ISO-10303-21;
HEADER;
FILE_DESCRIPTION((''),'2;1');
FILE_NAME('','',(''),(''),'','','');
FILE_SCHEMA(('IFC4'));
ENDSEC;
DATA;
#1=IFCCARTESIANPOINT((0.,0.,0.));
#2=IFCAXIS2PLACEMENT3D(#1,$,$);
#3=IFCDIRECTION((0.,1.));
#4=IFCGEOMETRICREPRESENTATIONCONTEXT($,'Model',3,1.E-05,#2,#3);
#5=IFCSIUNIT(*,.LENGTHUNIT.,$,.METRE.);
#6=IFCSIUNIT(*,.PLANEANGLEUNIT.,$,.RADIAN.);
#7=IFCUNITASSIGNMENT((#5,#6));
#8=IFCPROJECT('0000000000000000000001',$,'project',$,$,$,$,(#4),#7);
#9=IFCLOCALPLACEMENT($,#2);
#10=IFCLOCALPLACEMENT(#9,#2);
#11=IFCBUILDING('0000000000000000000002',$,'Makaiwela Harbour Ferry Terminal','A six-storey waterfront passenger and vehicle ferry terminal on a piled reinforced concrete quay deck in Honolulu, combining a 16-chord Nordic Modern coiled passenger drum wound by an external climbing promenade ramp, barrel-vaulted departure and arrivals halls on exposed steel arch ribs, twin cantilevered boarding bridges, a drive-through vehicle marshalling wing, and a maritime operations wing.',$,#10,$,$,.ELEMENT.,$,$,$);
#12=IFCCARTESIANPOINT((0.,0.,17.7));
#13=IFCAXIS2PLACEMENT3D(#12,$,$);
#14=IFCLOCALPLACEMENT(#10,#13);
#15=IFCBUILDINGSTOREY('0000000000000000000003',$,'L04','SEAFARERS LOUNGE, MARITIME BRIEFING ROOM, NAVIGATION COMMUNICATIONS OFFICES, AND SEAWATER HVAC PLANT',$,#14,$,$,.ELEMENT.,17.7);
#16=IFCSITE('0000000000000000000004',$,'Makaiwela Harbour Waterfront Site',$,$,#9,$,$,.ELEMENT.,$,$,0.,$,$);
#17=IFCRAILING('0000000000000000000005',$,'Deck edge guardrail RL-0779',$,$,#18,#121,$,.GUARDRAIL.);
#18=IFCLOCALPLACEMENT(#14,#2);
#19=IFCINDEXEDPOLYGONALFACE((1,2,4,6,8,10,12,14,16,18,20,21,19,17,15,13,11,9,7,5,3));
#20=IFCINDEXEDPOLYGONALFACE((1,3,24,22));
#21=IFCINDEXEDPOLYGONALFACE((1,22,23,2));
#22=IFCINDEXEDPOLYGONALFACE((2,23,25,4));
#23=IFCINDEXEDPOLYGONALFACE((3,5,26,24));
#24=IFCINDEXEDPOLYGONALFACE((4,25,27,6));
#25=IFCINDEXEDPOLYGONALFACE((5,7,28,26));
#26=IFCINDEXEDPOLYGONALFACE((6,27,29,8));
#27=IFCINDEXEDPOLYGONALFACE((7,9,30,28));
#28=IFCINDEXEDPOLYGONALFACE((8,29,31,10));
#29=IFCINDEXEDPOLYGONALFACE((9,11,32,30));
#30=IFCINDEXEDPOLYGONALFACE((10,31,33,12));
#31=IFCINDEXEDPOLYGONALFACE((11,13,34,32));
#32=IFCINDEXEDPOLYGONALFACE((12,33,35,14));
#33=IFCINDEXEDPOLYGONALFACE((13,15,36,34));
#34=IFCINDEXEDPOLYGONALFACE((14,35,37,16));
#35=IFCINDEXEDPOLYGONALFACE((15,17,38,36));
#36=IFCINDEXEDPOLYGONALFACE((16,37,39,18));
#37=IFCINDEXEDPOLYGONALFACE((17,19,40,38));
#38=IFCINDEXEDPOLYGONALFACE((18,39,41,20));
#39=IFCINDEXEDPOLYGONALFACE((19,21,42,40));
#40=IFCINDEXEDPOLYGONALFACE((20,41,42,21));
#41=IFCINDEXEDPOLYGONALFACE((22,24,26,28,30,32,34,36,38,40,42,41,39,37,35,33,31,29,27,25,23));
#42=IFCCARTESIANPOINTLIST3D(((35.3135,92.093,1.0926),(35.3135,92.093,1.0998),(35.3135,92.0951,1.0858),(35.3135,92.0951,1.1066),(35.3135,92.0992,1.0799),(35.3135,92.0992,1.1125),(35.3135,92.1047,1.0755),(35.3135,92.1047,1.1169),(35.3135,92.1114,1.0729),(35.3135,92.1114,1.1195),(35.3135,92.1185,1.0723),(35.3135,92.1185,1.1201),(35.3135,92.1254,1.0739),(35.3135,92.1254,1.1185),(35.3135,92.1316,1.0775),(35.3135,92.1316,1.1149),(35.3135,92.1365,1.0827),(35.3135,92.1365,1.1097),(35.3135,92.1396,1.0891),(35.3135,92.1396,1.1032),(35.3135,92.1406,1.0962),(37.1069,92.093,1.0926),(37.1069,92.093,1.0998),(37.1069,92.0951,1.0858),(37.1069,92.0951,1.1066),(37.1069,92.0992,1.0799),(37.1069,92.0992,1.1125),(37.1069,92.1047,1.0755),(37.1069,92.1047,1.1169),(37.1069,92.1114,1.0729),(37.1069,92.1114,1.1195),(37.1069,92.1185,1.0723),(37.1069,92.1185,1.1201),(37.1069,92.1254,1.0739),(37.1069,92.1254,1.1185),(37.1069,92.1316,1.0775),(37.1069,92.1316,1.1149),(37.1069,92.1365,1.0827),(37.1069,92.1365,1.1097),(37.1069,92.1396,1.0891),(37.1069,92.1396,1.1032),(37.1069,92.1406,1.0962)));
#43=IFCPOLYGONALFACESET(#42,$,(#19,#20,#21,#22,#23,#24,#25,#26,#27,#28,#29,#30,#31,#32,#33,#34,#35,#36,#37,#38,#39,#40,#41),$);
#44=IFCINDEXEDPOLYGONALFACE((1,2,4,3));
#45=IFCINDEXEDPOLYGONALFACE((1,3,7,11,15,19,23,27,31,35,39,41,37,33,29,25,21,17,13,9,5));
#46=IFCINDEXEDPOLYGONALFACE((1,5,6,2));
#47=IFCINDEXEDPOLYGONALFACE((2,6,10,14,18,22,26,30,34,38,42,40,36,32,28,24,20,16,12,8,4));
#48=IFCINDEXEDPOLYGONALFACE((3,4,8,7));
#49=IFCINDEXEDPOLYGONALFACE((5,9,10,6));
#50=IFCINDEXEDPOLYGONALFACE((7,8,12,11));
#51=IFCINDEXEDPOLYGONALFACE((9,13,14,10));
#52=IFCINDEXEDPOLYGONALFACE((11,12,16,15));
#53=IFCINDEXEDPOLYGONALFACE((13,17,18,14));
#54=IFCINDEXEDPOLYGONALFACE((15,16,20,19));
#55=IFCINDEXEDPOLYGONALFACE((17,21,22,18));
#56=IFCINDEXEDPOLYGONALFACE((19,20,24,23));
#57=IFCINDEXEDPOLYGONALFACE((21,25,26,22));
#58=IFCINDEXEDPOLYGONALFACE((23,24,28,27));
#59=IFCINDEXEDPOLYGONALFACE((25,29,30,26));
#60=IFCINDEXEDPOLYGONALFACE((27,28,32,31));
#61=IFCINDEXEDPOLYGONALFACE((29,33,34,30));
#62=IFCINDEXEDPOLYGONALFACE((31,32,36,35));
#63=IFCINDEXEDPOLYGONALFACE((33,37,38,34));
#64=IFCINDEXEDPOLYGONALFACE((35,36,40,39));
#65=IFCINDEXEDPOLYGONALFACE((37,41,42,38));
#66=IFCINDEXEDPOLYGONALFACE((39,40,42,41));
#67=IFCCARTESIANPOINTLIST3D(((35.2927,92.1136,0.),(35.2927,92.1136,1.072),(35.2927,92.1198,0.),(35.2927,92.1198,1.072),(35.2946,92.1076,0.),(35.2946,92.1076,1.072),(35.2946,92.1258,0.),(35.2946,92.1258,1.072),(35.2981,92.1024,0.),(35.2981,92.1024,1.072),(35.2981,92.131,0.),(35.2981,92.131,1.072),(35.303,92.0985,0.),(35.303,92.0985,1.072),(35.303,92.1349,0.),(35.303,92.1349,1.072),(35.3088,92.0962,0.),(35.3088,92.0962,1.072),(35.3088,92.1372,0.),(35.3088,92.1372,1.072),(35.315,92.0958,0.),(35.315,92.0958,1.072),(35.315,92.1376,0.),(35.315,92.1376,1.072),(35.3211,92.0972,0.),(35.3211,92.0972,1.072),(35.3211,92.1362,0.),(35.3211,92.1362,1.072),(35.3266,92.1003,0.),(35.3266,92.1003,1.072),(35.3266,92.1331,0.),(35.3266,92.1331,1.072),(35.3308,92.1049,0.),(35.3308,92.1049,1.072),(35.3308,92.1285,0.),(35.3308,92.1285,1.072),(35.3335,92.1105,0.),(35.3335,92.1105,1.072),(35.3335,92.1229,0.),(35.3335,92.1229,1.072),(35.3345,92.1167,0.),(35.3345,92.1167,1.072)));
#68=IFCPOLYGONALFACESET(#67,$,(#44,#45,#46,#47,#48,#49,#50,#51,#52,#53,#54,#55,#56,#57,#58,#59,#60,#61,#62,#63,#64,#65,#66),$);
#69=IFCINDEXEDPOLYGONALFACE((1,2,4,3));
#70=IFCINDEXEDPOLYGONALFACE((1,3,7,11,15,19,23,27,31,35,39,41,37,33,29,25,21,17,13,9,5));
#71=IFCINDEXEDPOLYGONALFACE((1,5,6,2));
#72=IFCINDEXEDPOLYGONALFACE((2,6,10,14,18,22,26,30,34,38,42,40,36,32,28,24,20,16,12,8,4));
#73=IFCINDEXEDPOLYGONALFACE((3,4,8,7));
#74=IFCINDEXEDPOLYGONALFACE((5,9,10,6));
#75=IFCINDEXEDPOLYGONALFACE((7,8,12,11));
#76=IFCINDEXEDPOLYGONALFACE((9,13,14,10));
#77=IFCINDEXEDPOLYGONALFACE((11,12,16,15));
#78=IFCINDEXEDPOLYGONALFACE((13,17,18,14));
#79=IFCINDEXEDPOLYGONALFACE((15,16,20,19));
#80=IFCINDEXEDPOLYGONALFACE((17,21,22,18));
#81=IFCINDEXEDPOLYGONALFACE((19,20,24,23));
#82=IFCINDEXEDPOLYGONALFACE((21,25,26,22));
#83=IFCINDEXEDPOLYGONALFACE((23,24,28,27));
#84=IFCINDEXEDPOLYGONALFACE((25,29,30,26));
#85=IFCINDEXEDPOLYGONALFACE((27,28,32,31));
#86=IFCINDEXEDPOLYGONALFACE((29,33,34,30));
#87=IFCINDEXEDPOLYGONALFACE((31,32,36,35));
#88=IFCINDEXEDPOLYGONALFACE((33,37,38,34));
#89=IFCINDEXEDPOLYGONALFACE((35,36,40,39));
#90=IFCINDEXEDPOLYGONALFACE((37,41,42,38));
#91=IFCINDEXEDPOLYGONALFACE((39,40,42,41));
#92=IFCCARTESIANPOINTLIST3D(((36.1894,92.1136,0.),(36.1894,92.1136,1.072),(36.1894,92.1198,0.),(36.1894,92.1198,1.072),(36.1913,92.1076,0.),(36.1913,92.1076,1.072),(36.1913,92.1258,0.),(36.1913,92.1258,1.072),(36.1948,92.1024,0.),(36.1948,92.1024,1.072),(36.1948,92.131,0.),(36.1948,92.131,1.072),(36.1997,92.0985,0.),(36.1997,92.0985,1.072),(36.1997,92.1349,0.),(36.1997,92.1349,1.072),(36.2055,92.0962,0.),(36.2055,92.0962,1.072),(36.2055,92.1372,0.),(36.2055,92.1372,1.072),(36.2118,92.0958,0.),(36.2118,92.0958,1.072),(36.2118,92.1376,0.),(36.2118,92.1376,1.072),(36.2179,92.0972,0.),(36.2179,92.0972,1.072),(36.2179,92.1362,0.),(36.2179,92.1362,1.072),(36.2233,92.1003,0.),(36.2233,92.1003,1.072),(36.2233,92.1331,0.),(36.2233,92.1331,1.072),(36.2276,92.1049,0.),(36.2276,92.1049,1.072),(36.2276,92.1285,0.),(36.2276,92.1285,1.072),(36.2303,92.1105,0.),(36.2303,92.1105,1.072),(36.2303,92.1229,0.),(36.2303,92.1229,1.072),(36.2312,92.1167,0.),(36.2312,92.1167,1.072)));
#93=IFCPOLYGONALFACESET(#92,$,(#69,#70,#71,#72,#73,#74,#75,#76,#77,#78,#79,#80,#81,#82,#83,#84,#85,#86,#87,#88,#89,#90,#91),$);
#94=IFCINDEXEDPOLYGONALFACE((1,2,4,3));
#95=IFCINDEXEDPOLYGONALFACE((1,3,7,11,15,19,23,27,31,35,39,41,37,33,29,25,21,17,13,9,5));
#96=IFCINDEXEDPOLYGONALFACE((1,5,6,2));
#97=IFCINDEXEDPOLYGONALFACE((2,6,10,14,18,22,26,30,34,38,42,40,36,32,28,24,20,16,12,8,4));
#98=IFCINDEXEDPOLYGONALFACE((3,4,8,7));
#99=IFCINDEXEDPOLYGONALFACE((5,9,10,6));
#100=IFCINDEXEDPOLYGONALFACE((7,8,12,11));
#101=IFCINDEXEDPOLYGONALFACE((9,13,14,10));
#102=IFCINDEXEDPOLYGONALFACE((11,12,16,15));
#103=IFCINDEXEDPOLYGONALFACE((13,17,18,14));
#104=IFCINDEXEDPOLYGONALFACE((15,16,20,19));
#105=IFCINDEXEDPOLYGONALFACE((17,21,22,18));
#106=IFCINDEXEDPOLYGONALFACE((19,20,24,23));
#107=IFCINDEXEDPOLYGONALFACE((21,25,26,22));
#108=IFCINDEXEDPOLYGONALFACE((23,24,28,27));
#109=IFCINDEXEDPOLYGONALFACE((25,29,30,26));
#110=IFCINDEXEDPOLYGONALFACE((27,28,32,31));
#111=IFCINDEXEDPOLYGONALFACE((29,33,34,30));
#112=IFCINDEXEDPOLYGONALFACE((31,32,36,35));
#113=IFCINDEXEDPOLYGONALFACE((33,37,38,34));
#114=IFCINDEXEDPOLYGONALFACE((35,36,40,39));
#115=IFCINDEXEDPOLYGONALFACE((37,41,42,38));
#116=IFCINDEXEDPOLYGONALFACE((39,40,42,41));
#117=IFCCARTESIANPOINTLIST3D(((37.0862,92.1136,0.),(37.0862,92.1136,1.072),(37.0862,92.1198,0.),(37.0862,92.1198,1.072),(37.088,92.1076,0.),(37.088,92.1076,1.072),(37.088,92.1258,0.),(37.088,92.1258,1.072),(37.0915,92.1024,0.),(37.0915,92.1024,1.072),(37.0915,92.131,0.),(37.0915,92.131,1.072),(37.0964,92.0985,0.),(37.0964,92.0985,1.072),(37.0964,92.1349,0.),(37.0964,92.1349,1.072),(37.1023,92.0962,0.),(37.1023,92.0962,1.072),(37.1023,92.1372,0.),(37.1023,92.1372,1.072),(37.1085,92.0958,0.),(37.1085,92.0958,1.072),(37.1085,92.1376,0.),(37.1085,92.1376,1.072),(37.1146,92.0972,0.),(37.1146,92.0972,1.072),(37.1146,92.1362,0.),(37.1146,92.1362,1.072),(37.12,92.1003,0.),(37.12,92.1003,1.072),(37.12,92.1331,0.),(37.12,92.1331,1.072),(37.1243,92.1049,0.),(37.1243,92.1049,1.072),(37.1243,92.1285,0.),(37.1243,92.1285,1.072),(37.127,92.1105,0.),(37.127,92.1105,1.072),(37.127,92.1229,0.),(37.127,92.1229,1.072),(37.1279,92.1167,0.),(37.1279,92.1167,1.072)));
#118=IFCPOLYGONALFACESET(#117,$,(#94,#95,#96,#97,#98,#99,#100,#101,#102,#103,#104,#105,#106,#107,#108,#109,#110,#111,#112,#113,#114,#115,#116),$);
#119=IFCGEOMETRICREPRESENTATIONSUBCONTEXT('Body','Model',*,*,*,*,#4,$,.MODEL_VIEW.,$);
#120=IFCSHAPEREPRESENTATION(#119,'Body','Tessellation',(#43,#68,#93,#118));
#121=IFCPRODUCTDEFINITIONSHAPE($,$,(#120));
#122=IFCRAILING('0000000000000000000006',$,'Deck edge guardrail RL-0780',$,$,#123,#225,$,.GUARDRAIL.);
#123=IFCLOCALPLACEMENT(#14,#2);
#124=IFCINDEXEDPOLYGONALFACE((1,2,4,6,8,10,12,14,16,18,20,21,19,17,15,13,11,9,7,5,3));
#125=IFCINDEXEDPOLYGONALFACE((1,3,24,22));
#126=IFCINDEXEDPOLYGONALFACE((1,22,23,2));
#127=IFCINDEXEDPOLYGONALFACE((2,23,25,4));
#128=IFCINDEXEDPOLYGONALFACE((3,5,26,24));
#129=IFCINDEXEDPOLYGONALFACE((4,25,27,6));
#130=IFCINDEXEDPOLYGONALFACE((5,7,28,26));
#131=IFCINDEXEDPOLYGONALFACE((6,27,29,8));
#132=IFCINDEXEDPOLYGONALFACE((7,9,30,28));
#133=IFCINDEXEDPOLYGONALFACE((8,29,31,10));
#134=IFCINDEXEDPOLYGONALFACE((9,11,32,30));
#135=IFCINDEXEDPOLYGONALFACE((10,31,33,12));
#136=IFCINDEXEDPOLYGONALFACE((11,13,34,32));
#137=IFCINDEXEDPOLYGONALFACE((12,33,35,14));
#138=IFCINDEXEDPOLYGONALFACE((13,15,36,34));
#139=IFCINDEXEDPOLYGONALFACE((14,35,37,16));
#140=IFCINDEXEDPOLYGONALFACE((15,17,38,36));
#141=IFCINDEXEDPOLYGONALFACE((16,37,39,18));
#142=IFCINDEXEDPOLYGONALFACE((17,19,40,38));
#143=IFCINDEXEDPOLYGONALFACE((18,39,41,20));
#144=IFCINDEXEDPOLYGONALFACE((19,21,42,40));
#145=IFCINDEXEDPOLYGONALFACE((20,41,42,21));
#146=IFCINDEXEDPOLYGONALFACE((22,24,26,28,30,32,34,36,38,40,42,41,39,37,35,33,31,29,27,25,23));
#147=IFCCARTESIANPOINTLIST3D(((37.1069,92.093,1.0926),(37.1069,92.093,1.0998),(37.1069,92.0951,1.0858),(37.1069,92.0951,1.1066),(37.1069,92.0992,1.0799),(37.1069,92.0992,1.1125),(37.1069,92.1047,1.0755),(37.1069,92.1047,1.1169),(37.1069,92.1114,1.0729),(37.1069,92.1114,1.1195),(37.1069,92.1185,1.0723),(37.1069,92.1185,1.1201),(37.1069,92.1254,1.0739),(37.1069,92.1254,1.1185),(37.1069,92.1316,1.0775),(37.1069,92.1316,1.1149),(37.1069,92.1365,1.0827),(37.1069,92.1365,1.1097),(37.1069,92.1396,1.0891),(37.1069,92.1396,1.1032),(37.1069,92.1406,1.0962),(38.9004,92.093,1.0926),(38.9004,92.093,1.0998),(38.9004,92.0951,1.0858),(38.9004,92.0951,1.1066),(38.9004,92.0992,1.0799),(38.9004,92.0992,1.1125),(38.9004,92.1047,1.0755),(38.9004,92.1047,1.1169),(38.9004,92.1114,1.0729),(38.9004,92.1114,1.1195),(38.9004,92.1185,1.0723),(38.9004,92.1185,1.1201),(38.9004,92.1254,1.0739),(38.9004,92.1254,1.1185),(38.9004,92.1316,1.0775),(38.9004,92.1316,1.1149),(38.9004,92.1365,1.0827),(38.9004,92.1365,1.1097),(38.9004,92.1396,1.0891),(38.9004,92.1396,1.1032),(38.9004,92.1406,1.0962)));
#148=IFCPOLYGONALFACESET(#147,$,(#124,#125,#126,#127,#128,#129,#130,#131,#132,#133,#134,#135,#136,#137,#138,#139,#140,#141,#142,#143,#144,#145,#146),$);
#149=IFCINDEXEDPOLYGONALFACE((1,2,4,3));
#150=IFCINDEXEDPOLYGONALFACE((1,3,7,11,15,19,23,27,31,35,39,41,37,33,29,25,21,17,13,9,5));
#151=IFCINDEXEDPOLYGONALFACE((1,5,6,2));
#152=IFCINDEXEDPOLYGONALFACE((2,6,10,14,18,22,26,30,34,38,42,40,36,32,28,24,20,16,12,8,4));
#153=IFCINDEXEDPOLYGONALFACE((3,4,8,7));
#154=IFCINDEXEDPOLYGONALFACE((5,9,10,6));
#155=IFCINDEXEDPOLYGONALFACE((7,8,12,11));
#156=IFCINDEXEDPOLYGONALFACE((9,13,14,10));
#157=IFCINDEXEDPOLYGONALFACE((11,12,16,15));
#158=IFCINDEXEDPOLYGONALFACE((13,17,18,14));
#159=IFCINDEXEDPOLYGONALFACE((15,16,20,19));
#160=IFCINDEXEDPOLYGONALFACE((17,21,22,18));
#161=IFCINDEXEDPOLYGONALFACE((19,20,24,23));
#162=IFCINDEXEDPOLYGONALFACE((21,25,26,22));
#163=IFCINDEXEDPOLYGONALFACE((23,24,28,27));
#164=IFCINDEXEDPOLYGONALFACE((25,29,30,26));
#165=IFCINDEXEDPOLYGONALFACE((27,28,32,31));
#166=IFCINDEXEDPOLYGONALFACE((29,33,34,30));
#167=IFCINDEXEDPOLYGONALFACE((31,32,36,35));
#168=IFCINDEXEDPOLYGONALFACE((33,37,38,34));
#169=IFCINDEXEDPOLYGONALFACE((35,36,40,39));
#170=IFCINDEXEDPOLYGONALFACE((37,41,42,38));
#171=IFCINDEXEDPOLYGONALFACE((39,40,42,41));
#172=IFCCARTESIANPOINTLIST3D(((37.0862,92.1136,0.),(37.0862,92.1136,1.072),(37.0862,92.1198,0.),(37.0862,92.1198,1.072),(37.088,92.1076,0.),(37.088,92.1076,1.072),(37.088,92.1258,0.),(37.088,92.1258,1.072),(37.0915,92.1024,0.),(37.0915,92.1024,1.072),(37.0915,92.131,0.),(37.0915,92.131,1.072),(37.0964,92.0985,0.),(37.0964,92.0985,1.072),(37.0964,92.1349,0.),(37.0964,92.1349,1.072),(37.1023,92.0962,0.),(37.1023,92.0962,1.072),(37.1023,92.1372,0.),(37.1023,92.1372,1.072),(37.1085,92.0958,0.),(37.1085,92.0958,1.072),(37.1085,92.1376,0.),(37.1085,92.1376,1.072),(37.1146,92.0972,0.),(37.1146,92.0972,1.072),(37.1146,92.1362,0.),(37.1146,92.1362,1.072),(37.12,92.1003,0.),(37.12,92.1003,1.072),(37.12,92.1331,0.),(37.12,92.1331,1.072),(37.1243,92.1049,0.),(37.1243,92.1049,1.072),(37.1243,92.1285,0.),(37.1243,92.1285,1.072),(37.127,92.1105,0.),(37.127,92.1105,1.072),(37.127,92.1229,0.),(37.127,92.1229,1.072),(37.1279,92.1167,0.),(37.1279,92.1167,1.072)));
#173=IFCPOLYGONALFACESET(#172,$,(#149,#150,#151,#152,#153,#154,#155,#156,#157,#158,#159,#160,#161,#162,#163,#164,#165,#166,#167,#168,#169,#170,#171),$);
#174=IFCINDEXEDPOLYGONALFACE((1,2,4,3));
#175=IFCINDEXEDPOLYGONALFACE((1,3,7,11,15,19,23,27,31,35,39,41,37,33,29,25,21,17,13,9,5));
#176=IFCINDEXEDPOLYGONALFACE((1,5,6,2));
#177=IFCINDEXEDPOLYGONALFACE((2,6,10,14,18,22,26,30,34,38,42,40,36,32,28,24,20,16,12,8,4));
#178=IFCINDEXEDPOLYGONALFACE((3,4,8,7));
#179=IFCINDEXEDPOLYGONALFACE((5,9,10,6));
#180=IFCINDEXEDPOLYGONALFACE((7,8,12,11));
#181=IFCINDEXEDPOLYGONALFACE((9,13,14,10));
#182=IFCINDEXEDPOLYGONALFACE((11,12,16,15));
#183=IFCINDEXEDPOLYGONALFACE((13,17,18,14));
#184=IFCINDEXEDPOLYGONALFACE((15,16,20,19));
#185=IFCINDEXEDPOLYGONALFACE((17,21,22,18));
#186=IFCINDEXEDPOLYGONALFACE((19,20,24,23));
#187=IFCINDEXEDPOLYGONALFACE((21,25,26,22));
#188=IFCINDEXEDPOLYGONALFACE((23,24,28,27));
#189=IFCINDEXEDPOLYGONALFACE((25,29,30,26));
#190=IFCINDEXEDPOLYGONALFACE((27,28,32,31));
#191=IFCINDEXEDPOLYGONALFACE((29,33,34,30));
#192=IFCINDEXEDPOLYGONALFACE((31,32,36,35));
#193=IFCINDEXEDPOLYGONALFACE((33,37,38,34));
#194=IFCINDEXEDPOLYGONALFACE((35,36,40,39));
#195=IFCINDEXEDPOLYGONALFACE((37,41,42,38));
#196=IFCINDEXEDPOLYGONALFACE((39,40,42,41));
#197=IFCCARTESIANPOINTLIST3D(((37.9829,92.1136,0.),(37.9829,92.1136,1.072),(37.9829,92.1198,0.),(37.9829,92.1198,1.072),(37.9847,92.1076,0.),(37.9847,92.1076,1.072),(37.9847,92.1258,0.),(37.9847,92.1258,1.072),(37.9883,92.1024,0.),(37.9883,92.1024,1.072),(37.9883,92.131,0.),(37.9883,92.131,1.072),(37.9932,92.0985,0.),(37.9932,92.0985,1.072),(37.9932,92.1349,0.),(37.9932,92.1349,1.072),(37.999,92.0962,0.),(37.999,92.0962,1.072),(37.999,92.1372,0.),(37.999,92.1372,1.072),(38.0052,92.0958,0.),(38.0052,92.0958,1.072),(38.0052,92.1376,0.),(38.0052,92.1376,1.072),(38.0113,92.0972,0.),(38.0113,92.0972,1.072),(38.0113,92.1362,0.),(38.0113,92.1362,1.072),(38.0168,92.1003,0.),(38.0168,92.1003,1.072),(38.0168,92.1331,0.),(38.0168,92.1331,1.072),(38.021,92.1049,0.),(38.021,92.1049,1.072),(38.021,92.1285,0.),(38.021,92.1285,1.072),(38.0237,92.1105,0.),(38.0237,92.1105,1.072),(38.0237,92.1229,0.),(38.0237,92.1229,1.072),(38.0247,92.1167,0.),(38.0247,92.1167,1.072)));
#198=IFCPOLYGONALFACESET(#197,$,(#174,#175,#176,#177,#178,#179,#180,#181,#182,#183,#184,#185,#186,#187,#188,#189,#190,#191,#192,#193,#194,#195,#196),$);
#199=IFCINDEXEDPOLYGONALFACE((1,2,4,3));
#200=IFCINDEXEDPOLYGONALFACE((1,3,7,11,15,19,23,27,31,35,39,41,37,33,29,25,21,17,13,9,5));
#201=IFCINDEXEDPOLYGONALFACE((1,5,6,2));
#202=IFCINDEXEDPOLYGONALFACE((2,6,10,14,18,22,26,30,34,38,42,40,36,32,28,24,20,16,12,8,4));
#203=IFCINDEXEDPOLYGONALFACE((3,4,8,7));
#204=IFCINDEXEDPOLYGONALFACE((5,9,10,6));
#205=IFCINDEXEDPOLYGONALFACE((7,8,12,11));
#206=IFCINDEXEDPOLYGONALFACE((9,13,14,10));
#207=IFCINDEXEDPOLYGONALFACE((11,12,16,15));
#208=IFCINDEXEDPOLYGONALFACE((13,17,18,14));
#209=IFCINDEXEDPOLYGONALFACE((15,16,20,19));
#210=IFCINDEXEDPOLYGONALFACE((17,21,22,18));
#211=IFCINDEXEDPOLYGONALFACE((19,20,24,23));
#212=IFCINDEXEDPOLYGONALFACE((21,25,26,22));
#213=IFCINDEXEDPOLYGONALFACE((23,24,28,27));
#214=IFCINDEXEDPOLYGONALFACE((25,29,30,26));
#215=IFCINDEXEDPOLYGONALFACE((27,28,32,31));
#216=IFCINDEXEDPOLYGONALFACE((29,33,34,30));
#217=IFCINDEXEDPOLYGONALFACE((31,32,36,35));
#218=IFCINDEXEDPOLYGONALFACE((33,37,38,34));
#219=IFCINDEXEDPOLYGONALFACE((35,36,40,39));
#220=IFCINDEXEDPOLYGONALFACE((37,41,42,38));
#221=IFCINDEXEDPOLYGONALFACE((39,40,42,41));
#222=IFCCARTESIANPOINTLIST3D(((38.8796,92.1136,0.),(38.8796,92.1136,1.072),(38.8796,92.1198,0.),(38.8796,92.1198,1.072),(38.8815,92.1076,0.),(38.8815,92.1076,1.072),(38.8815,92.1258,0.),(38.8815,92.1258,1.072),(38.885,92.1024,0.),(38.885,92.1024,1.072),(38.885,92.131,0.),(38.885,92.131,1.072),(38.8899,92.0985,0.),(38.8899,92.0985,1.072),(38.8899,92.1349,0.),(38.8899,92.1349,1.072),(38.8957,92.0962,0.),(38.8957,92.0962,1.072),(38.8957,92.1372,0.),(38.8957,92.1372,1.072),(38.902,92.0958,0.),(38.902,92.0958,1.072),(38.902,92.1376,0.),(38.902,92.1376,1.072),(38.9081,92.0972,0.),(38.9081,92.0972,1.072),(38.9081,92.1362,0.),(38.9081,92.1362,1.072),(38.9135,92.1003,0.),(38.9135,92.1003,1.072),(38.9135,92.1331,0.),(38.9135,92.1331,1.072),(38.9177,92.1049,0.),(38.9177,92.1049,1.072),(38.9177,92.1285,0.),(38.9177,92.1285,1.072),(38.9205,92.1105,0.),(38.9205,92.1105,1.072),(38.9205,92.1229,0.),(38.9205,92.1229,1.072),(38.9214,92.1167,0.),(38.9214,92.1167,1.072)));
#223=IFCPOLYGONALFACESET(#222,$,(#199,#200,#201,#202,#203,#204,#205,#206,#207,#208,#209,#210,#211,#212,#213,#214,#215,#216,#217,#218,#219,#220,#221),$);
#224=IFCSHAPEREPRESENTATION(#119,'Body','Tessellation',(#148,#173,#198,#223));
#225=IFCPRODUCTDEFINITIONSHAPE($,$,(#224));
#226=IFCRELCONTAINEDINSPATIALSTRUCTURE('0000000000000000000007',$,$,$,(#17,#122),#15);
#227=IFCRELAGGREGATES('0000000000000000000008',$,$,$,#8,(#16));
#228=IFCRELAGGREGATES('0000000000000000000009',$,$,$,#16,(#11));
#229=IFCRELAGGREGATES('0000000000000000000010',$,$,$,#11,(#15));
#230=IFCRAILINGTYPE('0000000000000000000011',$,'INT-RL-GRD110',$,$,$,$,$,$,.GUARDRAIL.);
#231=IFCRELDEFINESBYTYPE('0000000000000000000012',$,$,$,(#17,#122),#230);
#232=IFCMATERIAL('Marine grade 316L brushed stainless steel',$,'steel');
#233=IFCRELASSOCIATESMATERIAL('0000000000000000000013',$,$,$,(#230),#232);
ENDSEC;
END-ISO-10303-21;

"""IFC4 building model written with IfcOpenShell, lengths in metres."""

from ifc_helpers import new_model, si_unit, direction, frame, origin, origin_2d, place, context, subcontext, project, spatial, circle, extrude, material, type_object, element, save


model = new_model("IFC4")

# Units and contexts
model_context = context("Model", 3, precision=1e-05, world=origin(), true_north=direction((0.0, 1.0)))
body_context = subcontext(model_context, "Body", "Model", "MODEL_VIEW")
ifc_project = project(units=[si_unit("LENGTHUNIT", "METRE"), si_unit("PLANEANGLEUNIT", "RADIAN")], contexts=[model_context])

# Site, building, storey
site_placement = place(None, origin())
site = spatial("IfcSite", under=ifc_project, at=site_placement, Name="Makaiwela Harbour Waterfront Site", CompositionType="ELEMENT", RefElevation=0.0)
building_placement = place(site_placement, origin())
building = spatial("IfcBuilding", under=site, at=building_placement, Name="Makaiwela Harbour Ferry Terminal", Description="A six-storey waterfront passenger and vehicle ferry terminal on a piled reinforced concrete quay deck in Honolulu, combining a 16-chord Nordic Modern coiled passenger drum wound by an external climbing promenade ramp, barrel-vaulted departure and arrivals halls on exposed steel arch ribs, twin cantilevered boarding bridges, a drive-through vehicle marshalling wing, and a maritime operations wing.", CompositionType="ELEMENT")
storey_placement = place(building_placement, frame((0.0, 0.0, 17.7)))
storey = spatial("IfcBuildingStorey", under=building, at=storey_placement, Name="L04", Description="SEAFARERS LOUNGE, MARITIME BRIEFING ROOM, NAVIGATION COMMUNICATIONS OFFICES, AND SEAWATER HVAC PLANT", CompositionType="ELEMENT", Elevation=17.7)

# Railings
ifc_material_1 = material(Name="Marine grade 316L brushed stainless steel", Category="steel")
railing_type = type_object("IfcRailingType", Name="INT-RL-GRD110", PredefinedType="GUARDRAIL", material=ifc_material_1)
for number, where, name in (
    (1, (35.3135, 92.1167, 0.0), "Deck edge guardrail RL-0779"),
    (2, (37.1069, 92.1167, 0.0), "Deck edge guardrail RL-0780"),
):
    element("IfcRailing", number, at=place(storey_placement, frame(where)), inside=storey, type_object=railing_type, Name=name, PredefinedType="GUARDRAIL", context=body_context, shape_type="SweptSolid", body=[
        extrude(circle(Radius=0.0239, at=origin_2d()), frame((0.0, 0.0, 1.0962), z_axis=(1.0, 0.0, 0.0), x_axis=(0.0, 1.0, 0.0)), (0.0, 0.0, 1.0), 1.7935),
        extrude(circle(Radius=0.021, at=origin_2d()), origin(), (0.0, 0.0, 1.0), 1.072),
        extrude(circle(Radius=0.021, at=origin_2d()), frame((0.8967, 0.0, 0.0)), (0.0, 0.0, 1.0), 1.072),
        extrude(circle(Radius=0.021, at=origin_2d()), frame((1.7935, 0.0, 0.0)), (0.0, 0.0, 1.0), 1.072),
    ])

save(model, "model.ifc")
